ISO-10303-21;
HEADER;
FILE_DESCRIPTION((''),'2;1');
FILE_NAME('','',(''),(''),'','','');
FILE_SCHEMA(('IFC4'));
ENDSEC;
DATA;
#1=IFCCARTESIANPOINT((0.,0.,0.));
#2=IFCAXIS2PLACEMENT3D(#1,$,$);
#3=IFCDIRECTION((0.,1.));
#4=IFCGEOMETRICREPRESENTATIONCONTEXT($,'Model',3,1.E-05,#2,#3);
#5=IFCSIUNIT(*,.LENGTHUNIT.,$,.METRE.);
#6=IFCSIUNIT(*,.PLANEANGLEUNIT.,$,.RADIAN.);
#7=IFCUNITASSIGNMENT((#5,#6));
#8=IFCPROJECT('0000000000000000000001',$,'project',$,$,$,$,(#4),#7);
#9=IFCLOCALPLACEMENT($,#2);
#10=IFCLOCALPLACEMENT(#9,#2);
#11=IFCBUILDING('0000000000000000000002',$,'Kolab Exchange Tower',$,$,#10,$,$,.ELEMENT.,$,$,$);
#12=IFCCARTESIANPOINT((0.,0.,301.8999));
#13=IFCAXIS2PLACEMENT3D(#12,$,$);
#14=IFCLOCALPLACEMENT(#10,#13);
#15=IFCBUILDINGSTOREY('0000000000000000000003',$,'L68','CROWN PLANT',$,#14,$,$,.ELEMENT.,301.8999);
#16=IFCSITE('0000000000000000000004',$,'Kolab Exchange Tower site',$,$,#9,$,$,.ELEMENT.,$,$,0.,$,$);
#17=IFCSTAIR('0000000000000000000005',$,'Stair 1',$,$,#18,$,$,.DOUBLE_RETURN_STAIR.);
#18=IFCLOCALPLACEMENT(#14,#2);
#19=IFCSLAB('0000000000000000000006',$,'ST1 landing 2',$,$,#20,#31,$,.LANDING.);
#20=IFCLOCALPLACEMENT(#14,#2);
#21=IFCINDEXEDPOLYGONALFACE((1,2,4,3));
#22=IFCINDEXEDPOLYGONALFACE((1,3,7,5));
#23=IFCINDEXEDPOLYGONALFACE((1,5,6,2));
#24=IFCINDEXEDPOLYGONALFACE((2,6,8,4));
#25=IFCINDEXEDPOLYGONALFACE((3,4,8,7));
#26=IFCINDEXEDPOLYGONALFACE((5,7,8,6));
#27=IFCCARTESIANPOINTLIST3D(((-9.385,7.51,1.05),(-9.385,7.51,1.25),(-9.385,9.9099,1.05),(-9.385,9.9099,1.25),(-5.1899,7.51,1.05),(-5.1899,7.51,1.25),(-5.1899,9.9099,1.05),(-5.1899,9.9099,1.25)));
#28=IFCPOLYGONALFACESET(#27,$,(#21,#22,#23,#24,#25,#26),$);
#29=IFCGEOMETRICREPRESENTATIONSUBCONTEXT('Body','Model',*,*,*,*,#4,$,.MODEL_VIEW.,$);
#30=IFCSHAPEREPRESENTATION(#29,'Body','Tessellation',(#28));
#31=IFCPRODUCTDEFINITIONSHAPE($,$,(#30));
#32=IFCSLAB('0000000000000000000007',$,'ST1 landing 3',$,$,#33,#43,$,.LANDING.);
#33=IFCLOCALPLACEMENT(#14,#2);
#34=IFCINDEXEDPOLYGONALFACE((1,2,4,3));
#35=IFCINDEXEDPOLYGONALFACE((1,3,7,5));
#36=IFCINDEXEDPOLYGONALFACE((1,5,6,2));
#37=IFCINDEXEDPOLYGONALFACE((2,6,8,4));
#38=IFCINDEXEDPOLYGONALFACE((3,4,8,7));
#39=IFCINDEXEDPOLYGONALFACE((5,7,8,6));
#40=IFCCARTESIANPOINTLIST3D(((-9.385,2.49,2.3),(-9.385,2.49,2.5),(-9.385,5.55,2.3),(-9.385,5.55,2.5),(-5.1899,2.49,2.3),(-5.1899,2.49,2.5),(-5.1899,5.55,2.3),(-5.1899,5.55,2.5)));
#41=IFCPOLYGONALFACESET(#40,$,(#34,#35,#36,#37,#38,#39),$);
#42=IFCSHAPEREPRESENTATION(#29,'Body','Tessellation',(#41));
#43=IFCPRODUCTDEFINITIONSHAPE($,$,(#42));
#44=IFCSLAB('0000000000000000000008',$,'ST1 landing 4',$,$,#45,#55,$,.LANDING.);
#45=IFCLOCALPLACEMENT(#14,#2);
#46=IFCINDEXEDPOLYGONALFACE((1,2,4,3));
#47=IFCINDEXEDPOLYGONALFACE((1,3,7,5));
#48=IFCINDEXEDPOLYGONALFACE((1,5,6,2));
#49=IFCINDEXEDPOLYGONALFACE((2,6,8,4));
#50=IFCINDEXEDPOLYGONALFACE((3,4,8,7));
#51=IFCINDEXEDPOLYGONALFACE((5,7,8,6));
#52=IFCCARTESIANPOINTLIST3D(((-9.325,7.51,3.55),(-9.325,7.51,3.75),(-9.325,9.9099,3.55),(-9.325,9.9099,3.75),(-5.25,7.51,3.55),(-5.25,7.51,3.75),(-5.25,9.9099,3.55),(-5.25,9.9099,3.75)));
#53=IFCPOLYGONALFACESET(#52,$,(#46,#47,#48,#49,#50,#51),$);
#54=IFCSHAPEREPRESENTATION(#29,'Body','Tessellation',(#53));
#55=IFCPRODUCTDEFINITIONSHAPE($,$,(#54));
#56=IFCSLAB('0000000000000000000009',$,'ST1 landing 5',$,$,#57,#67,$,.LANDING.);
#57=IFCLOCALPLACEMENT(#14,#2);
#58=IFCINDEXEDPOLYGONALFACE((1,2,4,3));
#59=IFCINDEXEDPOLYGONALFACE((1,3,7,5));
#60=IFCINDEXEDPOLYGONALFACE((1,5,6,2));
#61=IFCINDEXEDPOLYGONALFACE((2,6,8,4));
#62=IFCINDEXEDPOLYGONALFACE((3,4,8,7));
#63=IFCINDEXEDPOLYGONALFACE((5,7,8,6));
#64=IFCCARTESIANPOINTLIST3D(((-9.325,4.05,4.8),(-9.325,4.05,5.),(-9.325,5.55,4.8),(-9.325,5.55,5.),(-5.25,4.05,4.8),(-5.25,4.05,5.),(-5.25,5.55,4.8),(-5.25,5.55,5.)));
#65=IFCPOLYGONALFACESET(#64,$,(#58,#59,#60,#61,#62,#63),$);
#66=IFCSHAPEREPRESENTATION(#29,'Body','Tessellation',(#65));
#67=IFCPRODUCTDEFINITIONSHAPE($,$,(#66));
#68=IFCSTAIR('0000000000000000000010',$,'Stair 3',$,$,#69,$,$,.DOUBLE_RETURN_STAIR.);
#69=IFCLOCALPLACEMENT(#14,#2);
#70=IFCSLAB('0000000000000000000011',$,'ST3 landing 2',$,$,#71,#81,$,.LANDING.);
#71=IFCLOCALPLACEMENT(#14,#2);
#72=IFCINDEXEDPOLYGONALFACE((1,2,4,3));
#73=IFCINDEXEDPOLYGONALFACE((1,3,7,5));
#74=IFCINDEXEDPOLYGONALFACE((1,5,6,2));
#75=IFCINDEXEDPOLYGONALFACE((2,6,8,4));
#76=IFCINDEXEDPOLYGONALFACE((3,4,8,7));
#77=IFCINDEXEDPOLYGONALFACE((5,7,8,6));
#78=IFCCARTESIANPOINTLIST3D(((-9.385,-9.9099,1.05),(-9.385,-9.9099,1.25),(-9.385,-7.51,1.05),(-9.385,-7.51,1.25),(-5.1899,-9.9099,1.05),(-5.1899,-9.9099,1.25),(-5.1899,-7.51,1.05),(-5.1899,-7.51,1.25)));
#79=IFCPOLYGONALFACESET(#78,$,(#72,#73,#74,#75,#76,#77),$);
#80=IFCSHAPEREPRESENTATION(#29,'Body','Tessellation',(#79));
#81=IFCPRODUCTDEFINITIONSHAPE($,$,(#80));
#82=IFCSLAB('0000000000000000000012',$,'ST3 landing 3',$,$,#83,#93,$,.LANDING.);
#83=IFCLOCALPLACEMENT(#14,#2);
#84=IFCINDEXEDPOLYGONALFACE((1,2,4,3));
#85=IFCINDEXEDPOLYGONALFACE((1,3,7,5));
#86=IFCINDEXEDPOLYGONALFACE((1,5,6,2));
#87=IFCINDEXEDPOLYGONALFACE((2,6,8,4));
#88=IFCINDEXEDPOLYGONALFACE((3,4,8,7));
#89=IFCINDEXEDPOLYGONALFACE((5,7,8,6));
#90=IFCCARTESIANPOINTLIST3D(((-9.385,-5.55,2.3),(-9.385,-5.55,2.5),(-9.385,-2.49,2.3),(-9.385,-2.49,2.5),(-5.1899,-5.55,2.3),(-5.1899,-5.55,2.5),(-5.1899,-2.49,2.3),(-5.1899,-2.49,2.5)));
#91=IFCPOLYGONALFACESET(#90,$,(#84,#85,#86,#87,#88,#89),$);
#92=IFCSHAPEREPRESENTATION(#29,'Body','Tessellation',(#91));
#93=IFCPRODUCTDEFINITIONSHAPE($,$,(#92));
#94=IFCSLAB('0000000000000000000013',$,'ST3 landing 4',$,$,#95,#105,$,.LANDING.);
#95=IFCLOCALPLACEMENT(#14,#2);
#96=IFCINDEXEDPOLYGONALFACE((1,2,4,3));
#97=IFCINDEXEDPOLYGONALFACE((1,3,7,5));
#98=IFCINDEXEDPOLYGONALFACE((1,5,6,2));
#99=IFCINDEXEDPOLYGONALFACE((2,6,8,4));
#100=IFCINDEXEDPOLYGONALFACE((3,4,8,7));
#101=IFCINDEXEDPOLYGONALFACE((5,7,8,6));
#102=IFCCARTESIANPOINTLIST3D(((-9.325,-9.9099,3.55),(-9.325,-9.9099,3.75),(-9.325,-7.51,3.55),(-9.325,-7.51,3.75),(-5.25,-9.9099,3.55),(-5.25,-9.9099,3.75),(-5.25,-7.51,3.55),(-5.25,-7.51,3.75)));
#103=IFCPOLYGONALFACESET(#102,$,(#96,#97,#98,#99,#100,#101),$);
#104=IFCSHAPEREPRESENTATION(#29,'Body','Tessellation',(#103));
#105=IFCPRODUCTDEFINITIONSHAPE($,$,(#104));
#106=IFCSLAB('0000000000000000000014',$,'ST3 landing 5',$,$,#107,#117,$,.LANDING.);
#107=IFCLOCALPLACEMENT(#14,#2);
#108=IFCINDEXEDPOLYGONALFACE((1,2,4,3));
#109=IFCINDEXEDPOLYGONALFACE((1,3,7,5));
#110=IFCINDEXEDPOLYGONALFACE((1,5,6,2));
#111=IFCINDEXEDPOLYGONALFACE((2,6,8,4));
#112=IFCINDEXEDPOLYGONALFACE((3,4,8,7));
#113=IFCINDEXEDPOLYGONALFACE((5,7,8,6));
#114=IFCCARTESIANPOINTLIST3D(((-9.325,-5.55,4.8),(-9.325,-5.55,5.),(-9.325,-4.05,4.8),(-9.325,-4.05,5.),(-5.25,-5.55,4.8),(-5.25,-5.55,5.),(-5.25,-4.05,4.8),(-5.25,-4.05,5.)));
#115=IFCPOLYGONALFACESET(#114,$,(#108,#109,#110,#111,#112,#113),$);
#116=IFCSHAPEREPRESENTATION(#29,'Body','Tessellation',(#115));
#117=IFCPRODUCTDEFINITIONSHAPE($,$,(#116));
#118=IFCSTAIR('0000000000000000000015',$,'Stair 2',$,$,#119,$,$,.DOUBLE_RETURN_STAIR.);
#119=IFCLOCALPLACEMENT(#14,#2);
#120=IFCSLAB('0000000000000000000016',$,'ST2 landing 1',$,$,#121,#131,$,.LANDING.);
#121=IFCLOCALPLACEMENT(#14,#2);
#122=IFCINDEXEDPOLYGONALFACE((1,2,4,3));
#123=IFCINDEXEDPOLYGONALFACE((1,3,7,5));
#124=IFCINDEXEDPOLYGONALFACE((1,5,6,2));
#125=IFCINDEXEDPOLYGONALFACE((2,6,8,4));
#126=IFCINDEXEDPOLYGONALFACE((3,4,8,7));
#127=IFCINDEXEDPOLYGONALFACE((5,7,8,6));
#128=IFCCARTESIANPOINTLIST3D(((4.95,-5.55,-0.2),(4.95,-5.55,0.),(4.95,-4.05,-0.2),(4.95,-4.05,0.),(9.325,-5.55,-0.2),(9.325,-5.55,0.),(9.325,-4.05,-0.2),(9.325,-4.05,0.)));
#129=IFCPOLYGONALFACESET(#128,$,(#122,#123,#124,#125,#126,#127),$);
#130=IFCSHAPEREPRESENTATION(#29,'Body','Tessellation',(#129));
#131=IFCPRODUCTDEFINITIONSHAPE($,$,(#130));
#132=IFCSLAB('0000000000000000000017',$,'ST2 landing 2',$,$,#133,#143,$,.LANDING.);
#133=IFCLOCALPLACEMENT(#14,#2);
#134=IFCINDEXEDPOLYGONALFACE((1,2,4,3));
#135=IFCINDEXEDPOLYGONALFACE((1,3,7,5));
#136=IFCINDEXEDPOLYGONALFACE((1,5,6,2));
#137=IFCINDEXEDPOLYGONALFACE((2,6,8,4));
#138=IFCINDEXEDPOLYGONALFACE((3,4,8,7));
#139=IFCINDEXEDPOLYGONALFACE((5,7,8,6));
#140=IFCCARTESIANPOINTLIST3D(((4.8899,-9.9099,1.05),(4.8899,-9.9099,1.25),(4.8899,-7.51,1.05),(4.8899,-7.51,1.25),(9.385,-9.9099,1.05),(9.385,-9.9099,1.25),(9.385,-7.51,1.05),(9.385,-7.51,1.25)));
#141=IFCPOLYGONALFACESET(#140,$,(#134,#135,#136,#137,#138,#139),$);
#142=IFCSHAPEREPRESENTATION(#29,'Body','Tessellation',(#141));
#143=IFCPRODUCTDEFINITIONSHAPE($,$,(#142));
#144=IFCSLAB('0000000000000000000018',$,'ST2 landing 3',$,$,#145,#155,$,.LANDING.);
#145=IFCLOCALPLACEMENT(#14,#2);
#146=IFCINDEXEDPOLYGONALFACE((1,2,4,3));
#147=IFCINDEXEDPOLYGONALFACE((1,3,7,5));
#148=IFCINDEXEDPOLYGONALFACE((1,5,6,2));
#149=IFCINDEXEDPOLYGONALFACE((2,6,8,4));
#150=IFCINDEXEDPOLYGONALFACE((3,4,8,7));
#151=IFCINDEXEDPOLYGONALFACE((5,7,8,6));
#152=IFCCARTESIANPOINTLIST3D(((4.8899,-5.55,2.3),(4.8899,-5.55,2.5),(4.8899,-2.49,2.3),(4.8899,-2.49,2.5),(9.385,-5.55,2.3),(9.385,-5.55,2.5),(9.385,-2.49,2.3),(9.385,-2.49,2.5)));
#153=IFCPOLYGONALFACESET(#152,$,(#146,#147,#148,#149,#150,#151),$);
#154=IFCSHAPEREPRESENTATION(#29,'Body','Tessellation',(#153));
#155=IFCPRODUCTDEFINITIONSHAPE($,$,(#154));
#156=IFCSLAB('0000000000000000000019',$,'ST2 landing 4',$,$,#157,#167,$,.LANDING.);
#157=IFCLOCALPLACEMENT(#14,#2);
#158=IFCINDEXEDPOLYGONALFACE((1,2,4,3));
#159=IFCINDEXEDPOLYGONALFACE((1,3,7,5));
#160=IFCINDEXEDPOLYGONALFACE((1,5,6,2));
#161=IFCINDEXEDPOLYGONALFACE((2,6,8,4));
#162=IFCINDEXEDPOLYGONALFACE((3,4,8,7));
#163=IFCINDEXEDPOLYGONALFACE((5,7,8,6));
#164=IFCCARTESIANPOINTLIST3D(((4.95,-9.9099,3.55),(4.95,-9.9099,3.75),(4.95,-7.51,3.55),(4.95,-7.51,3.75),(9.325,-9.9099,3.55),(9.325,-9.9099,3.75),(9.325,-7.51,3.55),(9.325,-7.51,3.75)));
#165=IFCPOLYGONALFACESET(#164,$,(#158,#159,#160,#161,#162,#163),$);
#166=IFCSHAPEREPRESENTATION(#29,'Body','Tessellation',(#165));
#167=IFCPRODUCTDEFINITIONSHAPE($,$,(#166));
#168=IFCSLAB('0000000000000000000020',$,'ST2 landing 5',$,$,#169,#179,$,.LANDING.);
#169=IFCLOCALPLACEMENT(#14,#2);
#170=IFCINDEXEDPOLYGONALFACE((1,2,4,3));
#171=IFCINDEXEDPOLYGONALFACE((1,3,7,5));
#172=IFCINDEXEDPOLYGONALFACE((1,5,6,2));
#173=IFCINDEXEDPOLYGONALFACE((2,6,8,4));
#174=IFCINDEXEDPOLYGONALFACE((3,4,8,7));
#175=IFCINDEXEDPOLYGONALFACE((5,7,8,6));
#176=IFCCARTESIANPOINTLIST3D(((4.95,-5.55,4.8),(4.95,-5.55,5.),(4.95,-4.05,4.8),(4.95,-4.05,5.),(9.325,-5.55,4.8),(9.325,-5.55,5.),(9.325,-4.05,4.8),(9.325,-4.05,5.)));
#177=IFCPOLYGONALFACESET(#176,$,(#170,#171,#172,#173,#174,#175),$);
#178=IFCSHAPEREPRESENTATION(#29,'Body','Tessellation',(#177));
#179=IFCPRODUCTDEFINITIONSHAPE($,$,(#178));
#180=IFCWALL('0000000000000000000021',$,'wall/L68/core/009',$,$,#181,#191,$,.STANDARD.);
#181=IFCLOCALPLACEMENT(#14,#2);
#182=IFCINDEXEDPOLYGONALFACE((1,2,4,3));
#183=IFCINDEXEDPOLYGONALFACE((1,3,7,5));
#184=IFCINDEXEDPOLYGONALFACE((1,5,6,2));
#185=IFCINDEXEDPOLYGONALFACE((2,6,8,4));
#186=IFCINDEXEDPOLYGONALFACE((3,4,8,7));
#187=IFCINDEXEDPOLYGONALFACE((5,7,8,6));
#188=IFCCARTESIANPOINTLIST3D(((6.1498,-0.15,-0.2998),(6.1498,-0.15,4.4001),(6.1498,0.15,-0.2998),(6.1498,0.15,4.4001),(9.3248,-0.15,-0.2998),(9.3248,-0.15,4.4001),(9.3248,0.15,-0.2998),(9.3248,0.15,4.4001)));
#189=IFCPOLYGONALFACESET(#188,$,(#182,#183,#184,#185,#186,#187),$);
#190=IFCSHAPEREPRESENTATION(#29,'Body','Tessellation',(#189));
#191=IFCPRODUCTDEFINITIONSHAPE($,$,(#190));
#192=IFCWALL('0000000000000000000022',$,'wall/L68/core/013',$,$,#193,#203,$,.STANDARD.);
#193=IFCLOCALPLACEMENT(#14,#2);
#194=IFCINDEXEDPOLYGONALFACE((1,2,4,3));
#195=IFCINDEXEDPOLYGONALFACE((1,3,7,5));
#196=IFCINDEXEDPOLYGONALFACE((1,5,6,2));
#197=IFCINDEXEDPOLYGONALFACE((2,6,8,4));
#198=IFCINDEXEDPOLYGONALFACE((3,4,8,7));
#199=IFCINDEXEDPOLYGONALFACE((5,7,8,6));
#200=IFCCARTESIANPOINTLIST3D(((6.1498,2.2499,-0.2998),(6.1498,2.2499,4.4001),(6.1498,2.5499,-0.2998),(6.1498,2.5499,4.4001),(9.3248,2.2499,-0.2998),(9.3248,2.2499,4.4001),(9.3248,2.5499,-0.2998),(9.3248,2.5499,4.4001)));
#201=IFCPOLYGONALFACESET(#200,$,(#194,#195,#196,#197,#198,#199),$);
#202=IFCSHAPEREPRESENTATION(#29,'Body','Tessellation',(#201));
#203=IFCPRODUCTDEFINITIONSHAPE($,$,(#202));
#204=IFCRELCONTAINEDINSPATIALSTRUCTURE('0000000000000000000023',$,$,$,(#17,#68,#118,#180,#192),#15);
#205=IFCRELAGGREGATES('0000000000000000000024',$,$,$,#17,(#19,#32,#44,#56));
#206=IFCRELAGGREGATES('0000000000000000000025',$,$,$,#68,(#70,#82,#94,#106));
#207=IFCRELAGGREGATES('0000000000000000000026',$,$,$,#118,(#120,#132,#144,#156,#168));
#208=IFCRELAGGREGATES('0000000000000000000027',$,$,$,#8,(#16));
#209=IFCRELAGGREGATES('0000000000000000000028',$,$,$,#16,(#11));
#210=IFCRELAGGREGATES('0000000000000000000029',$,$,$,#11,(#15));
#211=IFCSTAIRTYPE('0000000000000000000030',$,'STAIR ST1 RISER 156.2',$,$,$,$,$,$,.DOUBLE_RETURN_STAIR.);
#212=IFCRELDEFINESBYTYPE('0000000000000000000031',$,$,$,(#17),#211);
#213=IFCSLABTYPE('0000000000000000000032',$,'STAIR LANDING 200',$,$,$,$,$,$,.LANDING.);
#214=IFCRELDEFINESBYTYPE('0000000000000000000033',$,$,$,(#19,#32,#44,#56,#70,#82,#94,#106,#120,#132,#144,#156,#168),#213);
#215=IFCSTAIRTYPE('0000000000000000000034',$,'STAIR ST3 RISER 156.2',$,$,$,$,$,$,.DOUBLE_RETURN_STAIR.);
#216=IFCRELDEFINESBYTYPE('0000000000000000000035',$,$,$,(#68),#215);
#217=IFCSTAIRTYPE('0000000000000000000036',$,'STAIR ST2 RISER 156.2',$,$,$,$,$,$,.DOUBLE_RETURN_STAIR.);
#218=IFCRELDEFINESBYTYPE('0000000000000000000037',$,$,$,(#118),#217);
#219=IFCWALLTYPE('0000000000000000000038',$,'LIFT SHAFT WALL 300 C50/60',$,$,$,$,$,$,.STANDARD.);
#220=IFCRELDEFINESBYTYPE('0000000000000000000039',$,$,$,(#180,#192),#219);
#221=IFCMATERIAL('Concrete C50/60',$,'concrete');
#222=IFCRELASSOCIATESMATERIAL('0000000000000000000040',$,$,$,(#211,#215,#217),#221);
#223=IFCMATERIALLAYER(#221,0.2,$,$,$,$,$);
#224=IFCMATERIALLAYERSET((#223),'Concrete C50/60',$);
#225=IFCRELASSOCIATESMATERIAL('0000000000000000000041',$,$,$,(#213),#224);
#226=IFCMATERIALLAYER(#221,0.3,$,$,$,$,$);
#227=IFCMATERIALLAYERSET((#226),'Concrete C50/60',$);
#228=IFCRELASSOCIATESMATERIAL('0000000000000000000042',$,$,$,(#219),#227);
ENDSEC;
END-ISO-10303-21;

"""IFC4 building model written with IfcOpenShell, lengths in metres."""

from ifc_helpers import new_model, si_unit, direction, frame, frame_2d, origin, place, context, subcontext, project, spatial, polyline, rectangle, outline, extrude, material, layer, layer_set, type_object, element, aggregate, save


model = new_model("IFC4")

# Units and contexts
model_context = context("Model", 3, precision=1e-05, world=origin(), true_north=direction((0.0, 1.0)))
body_context = subcontext(model_context, "Body", "Model", "MODEL_VIEW")
ifc_project = project(units=[si_unit("LENGTHUNIT", "METRE"), si_unit("PLANEANGLEUNIT", "RADIAN")], contexts=[model_context])

# Site, building, storey
site_placement = place(None, origin())
site = spatial("IfcSite", under=ifc_project, at=site_placement, Name="Kolab Exchange Tower site", CompositionType="ELEMENT", RefElevation=0.0)
building_placement = place(site_placement, origin())
building = spatial("IfcBuilding", under=site, at=building_placement, Name="Kolab Exchange Tower", CompositionType="ELEMENT")
storey_placement = place(building_placement, frame((0.0, 0.0, 301.8999)))
storey = spatial("IfcBuildingStorey", under=building, at=storey_placement, Name="L68", Description="CROWN PLANT", CompositionType="ELEMENT", Elevation=301.8999)

# Shared definitions
ifc_material_1 = material(Name="Concrete C50/60", Category="concrete")

# Stairs, slabs
stair_type_1 = type_object("IfcStairType", Name="STAIR ST1 RISER 156.2", PredefinedType="DOUBLE_RETURN_STAIR", material=ifc_material_1)
stair_1_placement = place(storey_placement, origin())
stair_1 = element("IfcStair", 1, at=stair_1_placement, inside=storey, type_object=stair_type_1, Name="Stair 1", PredefinedType="DOUBLE_RETURN_STAIR")
ifc_layer_1 = layer(ifc_material_1, 0.2)
ifc_layer_set_1 = layer_set([ifc_layer_1], Name="Concrete C50/60")
slab_type = type_object("IfcSlabType", Name="STAIR LANDING 200", PredefinedType="LANDING", material=ifc_layer_set_1)
slab_1_placement = place(storey_placement, frame((0.0, 0.0, 1.05)))
slab_1 = element("IfcSlab", 2, at=slab_1_placement, type_object=slab_type, Name="ST1 landing 2", PredefinedType="LANDING", context=body_context, shape_type="SweptSolid", body=[
    extrude(outline(polyline([(-9.385, 7.51), (-5.1899, 7.51), (-5.1899, 9.9099), (-9.385, 9.9099), (-9.385, 7.51)])), origin(), (0.0, 0.0, 1.0), 0.2),
])
slab_2_placement = place(storey_placement, frame((0.0, 0.0, 2.3)))
slab_2 = element("IfcSlab", 3, at=slab_2_placement, type_object=slab_type, Name="ST1 landing 3", PredefinedType="LANDING", context=body_context, shape_type="SweptSolid", body=[
    extrude(outline(polyline([(-9.385, 2.49), (-5.1899, 2.49), (-5.1899, 5.55), (-9.385, 5.55), (-9.385, 2.49)])), origin(), (0.0, 0.0, 1.0), 0.2),
])
slab_3_placement = place(storey_placement, frame((0.0, 0.0, 3.55)))
slab_3 = element("IfcSlab", 4, at=slab_3_placement, type_object=slab_type, Name="ST1 landing 4", PredefinedType="LANDING", context=body_context, shape_type="SweptSolid", body=[
    extrude(outline(polyline([(-9.325, 7.51), (-5.25, 7.51), (-5.25, 9.9099), (-9.325, 9.9099), (-9.325, 7.51)])), origin(), (0.0, 0.0, 1.0), 0.2),
])
slab_4_placement = place(storey_placement, frame((0.0, 0.0, 4.8)))
slab_4 = element("IfcSlab", 5, at=slab_4_placement, type_object=slab_type, Name="ST1 landing 5", PredefinedType="LANDING", context=body_context, shape_type="SweptSolid", body=[
    extrude(outline(polyline([(-9.325, 4.05), (-5.25, 4.05), (-5.25, 5.55), (-9.325, 5.55), (-9.325, 4.05)])), origin(), (0.0, 0.0, 1.0), 0.2),
])
aggregate(stair_1, [slab_1, slab_2, slab_3, slab_4])
stair_type_2 = type_object("IfcStairType", Name="STAIR ST3 RISER 156.2", PredefinedType="DOUBLE_RETURN_STAIR", material=ifc_material_1)
stair_2_placement = place(storey_placement, origin())
stair_2 = element("IfcStair", 6, at=stair_2_placement, inside=storey, type_object=stair_type_2, Name="Stair 3", PredefinedType="DOUBLE_RETURN_STAIR")
slab_5_placement = place(storey_placement, frame((0.0, 0.0, 1.05)))
slab_5 = element("IfcSlab", 7, at=slab_5_placement, type_object=slab_type, Name="ST3 landing 2", PredefinedType="LANDING", context=body_context, shape_type="SweptSolid", body=[
    extrude(outline(polyline([(-9.385, -9.9099), (-5.1899, -9.9099), (-5.1899, -7.51), (-9.385, -7.51), (-9.385, -9.9099)])), origin(), (0.0, 0.0, 1.0), 0.2),
])
slab_6_placement = place(storey_placement, frame((0.0, 0.0, 2.3)))
slab_6 = element("IfcSlab", 8, at=slab_6_placement, type_object=slab_type, Name="ST3 landing 3", PredefinedType="LANDING", context=body_context, shape_type="SweptSolid", body=[
    extrude(outline(polyline([(-9.385, -5.55), (-5.1899, -5.55), (-5.1899, -2.49), (-9.385, -2.49), (-9.385, -5.55)])), origin(), (0.0, 0.0, 1.0), 0.2),
])
slab_7_placement = place(storey_placement, frame((0.0, 0.0, 3.55)))
slab_7 = element("IfcSlab", 9, at=slab_7_placement, type_object=slab_type, Name="ST3 landing 4", PredefinedType="LANDING", context=body_context, shape_type="SweptSolid", body=[
    extrude(outline(polyline([(-9.325, -9.9099), (-5.25, -9.9099), (-5.25, -7.51), (-9.325, -7.51), (-9.325, -9.9099)])), origin(), (0.0, 0.0, 1.0), 0.2),
])
slab_8_placement = place(storey_placement, frame((0.0, 0.0, 4.8)))
slab_8 = element("IfcSlab", 10, at=slab_8_placement, type_object=slab_type, Name="ST3 landing 5", PredefinedType="LANDING", context=body_context, shape_type="SweptSolid", body=[
    extrude(outline(polyline([(-9.325, -5.55), (-5.25, -5.55), (-5.25, -4.05), (-9.325, -4.05), (-9.325, -5.55)])), origin(), (0.0, 0.0, 1.0), 0.2),
])
aggregate(stair_2, [slab_5, slab_6, slab_7, slab_8])
stair_type_3 = type_object("IfcStairType", Name="STAIR ST2 RISER 156.2", PredefinedType="DOUBLE_RETURN_STAIR", material=ifc_material_1)
stair_3_placement = place(storey_placement, origin())
stair_3 = element("IfcStair", 11, at=stair_3_placement, inside=storey, type_object=stair_type_3, Name="Stair 2", PredefinedType="DOUBLE_RETURN_STAIR")
slab_9_placement = place(storey_placement, frame((0.0, 0.0, -0.2)))
slab_9 = element("IfcSlab", 12, at=slab_9_placement, type_object=slab_type, Name="ST2 landing 1", PredefinedType="LANDING", context=body_context, shape_type="SweptSolid", body=[
    extrude(outline(polyline([(4.95, -5.55), (9.325, -5.55), (9.325, -4.05), (4.95, -4.05), (4.95, -5.55)])), origin(), (0.0, 0.0, 1.0), 0.2),
])
slab_10_placement = place(storey_placement, frame((0.0, 0.0, 1.05)))
slab_10 = element("IfcSlab", 13, at=slab_10_placement, type_object=slab_type, Name="ST2 landing 2", PredefinedType="LANDING", context=body_context, shape_type="SweptSolid", body=[
    extrude(outline(polyline([(4.8899, -9.9099), (9.385, -9.9099), (9.385, -7.51), (4.8899, -7.51), (4.8899, -9.9099)])), origin(), (0.0, 0.0, 1.0), 0.2),
])
slab_11_placement = place(storey_placement, frame((0.0, 0.0, 2.3)))
slab_11 = element("IfcSlab", 14, at=slab_11_placement, type_object=slab_type, Name="ST2 landing 3", PredefinedType="LANDING", context=body_context, shape_type="SweptSolid", body=[
    extrude(outline(polyline([(4.8899, -5.55), (9.385, -5.55), (9.385, -2.49), (4.8899, -2.49), (4.8899, -5.55)])), origin(), (0.0, 0.0, 1.0), 0.2),
])
slab_12_placement = place(storey_placement, frame((0.0, 0.0, 3.55)))
slab_12 = element("IfcSlab", 15, at=slab_12_placement, type_object=slab_type, Name="ST2 landing 4", PredefinedType="LANDING", context=body_context, shape_type="SweptSolid", body=[
    extrude(outline(polyline([(4.95, -9.9099), (9.325, -9.9099), (9.325, -7.51), (4.95, -7.51), (4.95, -9.9099)])), origin(), (0.0, 0.0, 1.0), 0.2),
])
slab_13_placement = place(storey_placement, frame((0.0, 0.0, 4.8)))
slab_13 = element("IfcSlab", 16, at=slab_13_placement, type_object=slab_type, Name="ST2 landing 5", PredefinedType="LANDING", context=body_context, shape_type="SweptSolid", body=[
    extrude(outline(polyline([(4.95, -5.55), (9.325, -5.55), (9.325, -4.05), (4.95, -4.05), (4.95, -5.55)])), origin(), (0.0, 0.0, 1.0), 0.2),
])
aggregate(stair_3, [slab_9, slab_10, slab_11, slab_12, slab_13])

# Walls
ifc_layer_2 = layer(ifc_material_1, 0.3)
ifc_layer_set_2 = layer_set([ifc_layer_2], Name="Concrete C50/60")
wall_type_1 = type_object("IfcWallType", Name="LIFT SHAFT WALL 300 C50/60", PredefinedType="STANDARD", material=ifc_layer_set_2)
for number, where, z_axis, x_axis, name in (
    (17, (6.1499, 0.0, -0.2998), (0.0, 0.0, 1.0), (1.0, 0.0, 0.0), "wall/L68/core/009"),
    (18, (6.1499, 2.3999, -0.2998), (0.0, 0.0, 1.0), (1.0, 0.0, 0.0), "wall/L68/core/013"),
):
    element("IfcWall", number, at=place(storey_placement, frame(where, z_axis=z_axis, x_axis=x_axis)), inside=storey, type_object=wall_type_1, Name=name, PredefinedType="STANDARD", context=body_context, shape_type="SweptSolid", body=[
        extrude(rectangle(XDim=3.175, YDim=0.3, at=frame_2d((1.5874, 0.0))), origin(), (0.0, 0.0, 1.0), 4.7),
    ])

save(model, "model.ifc")
